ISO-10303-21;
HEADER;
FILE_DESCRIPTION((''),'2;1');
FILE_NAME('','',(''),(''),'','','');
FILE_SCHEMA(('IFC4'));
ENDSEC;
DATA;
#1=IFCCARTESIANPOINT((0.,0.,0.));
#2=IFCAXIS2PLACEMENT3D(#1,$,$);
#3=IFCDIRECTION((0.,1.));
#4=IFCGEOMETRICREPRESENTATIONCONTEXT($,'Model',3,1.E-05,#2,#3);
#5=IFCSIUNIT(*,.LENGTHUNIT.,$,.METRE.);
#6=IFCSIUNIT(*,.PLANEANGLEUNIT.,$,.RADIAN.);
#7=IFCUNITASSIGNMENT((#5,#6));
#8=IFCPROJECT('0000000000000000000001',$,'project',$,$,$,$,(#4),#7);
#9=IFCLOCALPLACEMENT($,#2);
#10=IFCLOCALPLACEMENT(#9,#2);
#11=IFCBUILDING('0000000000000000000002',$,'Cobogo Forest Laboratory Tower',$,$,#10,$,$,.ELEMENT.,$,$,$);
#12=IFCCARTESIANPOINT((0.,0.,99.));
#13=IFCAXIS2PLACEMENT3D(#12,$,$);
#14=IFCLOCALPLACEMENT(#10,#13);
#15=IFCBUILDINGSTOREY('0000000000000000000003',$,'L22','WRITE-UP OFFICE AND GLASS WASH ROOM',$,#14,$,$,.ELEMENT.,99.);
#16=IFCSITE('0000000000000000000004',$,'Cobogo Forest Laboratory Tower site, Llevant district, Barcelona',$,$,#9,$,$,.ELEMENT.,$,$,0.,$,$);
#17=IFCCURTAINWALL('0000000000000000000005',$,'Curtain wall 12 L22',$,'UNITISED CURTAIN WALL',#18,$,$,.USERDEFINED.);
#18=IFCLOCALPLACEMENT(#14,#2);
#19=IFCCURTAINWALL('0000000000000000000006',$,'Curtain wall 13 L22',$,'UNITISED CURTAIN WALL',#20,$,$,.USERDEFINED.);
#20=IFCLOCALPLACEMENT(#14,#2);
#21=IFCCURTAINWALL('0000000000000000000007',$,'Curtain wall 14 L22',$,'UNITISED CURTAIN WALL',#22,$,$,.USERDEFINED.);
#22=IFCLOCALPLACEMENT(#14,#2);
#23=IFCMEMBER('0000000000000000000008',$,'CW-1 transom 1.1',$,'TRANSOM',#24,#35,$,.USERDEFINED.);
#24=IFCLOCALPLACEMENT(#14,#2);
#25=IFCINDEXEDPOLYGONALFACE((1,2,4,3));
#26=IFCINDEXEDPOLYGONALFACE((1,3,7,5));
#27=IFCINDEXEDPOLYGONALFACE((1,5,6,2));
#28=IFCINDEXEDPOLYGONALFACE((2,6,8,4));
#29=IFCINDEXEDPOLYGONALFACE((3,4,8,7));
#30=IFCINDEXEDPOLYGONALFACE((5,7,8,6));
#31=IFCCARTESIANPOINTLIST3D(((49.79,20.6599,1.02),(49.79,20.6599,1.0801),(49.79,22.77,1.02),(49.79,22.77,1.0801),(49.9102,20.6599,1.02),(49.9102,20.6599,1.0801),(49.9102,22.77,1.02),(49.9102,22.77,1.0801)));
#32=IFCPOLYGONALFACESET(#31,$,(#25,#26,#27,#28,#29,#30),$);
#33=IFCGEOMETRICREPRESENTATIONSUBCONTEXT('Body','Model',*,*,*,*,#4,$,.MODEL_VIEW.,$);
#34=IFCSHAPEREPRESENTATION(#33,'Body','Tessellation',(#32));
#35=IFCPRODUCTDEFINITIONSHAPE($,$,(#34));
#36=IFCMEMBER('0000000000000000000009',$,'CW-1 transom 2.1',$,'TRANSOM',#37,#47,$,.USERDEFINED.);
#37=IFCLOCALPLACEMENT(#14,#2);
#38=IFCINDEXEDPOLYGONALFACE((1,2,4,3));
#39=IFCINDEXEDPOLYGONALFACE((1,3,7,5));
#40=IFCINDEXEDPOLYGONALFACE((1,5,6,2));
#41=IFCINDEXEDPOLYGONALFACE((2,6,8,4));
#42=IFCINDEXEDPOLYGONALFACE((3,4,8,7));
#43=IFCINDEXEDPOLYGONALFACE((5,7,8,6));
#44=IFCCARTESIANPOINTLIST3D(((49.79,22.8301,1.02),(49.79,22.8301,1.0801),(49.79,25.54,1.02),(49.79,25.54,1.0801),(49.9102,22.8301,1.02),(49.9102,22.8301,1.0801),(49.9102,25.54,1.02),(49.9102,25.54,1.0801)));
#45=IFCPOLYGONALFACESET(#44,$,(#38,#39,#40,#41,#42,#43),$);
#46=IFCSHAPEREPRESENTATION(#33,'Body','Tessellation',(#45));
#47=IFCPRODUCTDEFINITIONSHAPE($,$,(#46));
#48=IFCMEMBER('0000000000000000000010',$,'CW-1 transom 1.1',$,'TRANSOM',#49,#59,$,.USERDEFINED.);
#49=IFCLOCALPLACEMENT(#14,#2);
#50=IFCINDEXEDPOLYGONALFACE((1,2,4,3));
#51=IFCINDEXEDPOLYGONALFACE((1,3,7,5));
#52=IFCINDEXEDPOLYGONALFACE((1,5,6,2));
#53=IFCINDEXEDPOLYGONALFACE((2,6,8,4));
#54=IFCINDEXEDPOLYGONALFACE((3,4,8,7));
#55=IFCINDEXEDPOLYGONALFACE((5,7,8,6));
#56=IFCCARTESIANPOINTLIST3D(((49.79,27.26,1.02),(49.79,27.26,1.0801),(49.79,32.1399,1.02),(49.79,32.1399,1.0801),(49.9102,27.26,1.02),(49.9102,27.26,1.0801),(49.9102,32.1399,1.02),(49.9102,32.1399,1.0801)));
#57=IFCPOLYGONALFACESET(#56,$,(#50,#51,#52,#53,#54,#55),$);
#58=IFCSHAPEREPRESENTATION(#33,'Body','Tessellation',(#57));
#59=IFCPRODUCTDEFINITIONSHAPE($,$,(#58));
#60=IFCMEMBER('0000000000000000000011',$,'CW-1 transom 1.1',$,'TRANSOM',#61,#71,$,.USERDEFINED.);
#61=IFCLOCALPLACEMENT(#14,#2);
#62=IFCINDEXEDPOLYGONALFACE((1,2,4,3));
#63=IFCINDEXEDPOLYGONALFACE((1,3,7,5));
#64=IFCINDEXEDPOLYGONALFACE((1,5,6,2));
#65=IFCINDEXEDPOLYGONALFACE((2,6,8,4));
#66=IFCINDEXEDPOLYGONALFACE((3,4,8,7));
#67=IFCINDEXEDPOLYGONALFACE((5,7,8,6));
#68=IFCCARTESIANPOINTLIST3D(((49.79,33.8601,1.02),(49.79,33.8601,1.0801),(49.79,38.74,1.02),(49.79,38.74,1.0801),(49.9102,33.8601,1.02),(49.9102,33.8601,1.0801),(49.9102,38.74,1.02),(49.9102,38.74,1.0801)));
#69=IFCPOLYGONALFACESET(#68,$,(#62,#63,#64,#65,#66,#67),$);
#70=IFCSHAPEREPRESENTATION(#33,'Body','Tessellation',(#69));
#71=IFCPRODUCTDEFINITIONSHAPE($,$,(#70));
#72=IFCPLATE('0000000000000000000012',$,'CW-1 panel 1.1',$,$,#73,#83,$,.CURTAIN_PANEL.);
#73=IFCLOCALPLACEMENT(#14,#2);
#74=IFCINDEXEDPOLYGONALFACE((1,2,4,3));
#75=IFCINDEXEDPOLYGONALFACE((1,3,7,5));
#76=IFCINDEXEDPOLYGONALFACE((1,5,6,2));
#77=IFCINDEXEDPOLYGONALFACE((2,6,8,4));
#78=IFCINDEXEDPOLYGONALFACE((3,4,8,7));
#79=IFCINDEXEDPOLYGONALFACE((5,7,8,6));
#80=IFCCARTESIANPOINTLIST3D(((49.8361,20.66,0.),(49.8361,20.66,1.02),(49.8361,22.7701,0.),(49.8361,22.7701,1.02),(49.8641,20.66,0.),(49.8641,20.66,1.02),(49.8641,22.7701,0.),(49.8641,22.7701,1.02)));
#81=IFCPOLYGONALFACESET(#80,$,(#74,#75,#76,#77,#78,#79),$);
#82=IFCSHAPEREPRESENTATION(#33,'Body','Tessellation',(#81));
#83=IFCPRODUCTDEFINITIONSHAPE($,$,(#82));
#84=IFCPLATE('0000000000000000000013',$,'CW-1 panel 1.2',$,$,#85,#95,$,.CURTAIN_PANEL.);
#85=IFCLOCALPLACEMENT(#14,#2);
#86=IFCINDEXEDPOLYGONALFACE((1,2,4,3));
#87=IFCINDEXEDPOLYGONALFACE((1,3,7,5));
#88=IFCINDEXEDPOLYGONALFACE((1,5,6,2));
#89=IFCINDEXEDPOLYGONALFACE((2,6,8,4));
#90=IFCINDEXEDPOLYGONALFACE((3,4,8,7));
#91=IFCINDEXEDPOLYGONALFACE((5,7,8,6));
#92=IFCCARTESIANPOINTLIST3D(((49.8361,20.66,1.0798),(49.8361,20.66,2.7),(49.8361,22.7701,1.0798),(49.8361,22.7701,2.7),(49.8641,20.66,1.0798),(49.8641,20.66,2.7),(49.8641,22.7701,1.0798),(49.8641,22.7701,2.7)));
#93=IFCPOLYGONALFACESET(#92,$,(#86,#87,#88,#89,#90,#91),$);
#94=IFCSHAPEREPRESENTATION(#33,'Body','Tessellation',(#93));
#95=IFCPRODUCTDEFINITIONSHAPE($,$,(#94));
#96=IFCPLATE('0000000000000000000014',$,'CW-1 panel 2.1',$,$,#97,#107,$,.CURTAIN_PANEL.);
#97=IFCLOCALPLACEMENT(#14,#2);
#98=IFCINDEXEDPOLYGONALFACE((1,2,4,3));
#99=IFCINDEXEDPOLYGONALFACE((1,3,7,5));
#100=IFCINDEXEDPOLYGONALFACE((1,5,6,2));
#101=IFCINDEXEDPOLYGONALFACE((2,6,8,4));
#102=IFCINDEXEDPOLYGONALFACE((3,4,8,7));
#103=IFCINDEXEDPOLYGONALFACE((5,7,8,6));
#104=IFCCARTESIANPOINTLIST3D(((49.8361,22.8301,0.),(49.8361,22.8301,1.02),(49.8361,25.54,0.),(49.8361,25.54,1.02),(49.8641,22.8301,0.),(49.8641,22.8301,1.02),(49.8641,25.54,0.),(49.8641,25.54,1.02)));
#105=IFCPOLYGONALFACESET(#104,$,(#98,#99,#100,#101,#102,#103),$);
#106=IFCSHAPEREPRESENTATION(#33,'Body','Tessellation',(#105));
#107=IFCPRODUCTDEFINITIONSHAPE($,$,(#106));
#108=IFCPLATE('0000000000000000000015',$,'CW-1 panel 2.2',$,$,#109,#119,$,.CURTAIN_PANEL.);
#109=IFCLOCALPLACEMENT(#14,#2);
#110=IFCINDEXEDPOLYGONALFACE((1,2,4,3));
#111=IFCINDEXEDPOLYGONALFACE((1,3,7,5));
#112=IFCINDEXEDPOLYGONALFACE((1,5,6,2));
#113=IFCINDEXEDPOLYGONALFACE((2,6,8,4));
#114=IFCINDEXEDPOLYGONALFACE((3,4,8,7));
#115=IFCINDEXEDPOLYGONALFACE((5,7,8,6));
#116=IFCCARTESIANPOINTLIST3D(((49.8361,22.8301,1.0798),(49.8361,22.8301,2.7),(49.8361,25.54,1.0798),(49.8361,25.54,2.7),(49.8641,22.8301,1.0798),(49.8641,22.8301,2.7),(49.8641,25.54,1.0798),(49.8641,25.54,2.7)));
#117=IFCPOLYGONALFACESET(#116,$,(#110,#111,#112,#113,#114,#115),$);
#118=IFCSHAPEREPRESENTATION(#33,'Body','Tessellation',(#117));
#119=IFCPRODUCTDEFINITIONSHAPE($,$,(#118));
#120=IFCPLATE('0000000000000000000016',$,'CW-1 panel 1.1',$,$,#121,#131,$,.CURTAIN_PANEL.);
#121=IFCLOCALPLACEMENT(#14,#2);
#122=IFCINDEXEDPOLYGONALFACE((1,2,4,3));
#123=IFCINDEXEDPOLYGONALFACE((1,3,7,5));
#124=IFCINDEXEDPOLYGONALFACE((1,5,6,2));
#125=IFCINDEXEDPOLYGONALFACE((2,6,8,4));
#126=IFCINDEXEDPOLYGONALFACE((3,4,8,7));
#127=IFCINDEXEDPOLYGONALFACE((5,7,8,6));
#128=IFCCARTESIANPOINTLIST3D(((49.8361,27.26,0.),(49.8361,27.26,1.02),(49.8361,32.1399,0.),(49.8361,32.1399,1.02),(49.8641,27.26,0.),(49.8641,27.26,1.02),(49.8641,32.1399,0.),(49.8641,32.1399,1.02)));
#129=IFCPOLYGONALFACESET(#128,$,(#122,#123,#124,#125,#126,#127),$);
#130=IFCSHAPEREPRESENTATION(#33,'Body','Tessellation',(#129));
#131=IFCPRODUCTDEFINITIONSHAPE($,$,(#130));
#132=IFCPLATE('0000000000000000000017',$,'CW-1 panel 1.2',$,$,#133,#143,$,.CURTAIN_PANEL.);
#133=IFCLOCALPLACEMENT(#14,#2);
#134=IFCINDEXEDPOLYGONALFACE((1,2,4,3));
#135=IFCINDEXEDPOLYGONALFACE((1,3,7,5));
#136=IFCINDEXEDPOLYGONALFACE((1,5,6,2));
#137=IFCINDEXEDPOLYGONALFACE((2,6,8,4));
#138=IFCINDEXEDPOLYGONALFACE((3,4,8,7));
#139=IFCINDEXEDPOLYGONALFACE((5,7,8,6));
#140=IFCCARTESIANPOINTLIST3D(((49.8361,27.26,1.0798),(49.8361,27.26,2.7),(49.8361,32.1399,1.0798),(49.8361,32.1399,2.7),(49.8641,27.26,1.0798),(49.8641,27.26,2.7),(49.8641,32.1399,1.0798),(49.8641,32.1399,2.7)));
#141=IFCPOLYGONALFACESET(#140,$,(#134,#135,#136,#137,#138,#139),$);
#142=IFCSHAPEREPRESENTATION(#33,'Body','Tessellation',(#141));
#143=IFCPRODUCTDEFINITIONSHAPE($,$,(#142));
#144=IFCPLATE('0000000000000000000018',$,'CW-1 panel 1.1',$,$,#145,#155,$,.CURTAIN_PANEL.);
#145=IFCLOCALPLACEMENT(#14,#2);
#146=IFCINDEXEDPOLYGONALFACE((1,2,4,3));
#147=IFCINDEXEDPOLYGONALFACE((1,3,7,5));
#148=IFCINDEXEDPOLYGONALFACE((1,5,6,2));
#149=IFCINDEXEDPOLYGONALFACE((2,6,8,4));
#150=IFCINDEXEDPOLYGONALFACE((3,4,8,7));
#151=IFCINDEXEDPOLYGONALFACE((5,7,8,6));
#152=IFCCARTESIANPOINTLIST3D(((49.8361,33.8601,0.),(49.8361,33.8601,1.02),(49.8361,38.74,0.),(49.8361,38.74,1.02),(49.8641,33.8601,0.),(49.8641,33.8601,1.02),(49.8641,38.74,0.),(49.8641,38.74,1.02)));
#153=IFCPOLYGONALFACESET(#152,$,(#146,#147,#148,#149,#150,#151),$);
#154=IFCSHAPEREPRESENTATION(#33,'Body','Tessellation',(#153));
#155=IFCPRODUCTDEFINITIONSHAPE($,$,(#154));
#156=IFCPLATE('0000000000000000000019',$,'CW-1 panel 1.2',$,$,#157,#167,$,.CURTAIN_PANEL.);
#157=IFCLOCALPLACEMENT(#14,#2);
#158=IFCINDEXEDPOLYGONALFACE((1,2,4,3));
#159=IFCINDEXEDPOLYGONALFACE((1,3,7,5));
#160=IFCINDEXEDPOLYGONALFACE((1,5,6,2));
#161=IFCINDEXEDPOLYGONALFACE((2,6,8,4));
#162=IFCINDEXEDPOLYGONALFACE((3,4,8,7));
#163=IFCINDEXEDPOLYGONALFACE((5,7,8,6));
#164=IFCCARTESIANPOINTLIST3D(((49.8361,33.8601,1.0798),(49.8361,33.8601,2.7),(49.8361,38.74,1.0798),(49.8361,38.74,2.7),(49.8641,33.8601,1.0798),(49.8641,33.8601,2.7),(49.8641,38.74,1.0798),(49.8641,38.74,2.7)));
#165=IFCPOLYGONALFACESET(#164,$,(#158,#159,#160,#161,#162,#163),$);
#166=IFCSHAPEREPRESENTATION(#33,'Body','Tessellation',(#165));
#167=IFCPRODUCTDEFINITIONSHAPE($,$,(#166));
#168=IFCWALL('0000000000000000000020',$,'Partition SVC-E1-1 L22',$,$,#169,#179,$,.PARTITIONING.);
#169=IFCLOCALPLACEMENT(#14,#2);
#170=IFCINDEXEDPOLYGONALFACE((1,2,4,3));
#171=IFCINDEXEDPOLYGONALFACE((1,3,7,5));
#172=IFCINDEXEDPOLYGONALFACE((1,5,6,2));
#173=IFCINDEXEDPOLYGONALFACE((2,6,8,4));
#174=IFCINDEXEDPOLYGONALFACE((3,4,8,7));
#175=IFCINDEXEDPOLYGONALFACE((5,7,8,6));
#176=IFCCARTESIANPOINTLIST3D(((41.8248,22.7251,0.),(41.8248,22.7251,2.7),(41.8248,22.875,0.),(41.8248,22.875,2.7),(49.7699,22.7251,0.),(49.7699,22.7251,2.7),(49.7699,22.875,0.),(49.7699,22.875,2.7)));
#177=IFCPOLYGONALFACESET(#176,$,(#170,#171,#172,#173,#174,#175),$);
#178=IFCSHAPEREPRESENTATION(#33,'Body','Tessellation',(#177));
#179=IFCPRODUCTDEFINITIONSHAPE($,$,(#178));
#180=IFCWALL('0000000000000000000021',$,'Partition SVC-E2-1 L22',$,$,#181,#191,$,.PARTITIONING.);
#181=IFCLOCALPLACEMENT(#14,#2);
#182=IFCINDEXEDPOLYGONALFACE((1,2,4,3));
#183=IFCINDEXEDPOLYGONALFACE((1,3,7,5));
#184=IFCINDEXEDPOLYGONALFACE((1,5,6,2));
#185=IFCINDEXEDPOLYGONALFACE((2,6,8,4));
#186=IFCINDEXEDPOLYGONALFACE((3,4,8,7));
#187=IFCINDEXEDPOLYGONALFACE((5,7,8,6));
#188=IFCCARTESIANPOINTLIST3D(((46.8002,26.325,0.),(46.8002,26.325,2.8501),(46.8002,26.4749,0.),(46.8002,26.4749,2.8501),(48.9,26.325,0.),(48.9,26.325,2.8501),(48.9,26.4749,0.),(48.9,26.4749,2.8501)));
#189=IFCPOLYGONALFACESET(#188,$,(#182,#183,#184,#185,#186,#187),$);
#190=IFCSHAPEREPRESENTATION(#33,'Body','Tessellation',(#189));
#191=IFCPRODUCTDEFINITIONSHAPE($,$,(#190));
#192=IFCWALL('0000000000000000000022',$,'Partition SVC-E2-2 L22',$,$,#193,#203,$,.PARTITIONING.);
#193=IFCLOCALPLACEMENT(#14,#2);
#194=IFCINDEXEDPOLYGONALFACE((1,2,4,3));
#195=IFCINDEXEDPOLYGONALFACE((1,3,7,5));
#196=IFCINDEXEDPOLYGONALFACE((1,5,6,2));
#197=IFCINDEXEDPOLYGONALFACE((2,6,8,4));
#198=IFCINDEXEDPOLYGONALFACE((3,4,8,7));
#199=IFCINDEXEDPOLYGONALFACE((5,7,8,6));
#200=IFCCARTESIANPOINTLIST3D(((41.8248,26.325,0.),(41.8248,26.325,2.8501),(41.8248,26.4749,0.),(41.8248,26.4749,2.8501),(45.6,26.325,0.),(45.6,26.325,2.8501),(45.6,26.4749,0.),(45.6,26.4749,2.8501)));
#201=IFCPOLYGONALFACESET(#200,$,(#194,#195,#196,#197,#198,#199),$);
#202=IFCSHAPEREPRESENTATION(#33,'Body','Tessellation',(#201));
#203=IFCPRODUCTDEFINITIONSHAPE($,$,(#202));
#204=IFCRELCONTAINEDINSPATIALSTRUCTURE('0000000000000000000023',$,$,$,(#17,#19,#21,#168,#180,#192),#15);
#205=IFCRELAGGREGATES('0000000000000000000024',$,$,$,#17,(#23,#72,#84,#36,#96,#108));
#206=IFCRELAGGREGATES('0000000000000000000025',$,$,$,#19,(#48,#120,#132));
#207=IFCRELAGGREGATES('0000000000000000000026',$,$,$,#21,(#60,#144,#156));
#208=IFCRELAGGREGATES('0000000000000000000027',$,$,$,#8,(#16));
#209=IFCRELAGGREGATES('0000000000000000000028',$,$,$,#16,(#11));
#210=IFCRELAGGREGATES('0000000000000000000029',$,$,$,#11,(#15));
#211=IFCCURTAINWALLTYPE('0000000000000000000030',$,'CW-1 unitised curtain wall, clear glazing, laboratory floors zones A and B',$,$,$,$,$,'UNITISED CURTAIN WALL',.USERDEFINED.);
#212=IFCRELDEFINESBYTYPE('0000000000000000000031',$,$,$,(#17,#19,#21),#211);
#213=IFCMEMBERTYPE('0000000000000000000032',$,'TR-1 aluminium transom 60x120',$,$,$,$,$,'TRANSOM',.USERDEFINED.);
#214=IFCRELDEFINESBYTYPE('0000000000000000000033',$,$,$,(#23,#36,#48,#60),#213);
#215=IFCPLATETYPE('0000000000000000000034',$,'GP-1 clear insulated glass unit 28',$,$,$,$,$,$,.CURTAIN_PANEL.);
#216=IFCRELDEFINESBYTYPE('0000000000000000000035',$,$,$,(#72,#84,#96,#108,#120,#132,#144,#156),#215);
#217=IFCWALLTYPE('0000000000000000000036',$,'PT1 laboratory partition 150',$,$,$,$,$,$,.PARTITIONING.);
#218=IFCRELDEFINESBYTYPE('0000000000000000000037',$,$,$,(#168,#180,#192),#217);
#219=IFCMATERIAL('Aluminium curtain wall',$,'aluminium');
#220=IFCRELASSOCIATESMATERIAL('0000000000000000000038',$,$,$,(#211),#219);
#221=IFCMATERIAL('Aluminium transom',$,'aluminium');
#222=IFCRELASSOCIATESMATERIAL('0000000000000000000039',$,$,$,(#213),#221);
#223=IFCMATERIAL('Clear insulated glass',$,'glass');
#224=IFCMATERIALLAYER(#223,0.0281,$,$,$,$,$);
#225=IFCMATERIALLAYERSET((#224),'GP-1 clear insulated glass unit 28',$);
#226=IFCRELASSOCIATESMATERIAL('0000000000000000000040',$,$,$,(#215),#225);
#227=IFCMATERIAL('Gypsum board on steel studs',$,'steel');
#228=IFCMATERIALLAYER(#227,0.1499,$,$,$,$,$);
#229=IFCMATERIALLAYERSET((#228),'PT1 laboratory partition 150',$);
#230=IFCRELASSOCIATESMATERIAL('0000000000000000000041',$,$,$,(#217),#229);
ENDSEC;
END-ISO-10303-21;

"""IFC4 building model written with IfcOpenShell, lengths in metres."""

from ifc_helpers import new_model, si_unit, direction, frame, frame_2d, origin, origin_2d, place, context, subcontext, project, spatial, rectangle, extrude, material, layer, layer_set, material_profile, profile_set, type_object, element, aggregate, save


model = new_model("IFC4")

# Units and contexts
model_context = context("Model", 3, precision=1e-05, world=origin(), true_north=direction((0.0, 1.0)))
body_context = subcontext(model_context, "Body", "Model", "MODEL_VIEW")
ifc_project = project(units=[si_unit("LENGTHUNIT", "METRE"), si_unit("PLANEANGLEUNIT", "RADIAN")], contexts=[model_context])

# Site, building, storey
site_placement = place(None, origin())
site = spatial("IfcSite", under=ifc_project, at=site_placement, Name="Cobogo Forest Laboratory Tower site, Llevant district, Barcelona", CompositionType="ELEMENT", RefElevation=0.0)
building_placement = place(site_placement, origin())
building = spatial("IfcBuilding", under=site, at=building_placement, Name="Cobogo Forest Laboratory Tower", CompositionType="ELEMENT")
storey_placement = place(building_placement, frame((0.0, 0.0, 99.0)))
storey = spatial("IfcBuildingStorey", under=building, at=storey_placement, Name="L22", Description="WRITE-UP OFFICE AND GLASS WASH ROOM", CompositionType="ELEMENT", Elevation=99.0)

# Curtain walls
ifc_material_1 = material(Name="Aluminium curtain wall", Category="aluminium")
curtain_wall_type = type_object("IfcCurtainWallType", Name="CW-1 unitised curtain wall, clear glazing, laboratory floors zones A and B", ElementType="UNITISED CURTAIN WALL", PredefinedType="USERDEFINED", material=ifc_material_1)
curtain_wall_1_placement = place(storey_placement, origin())
curtain_wall_1 = element("IfcCurtainWall", 1, at=curtain_wall_1_placement, inside=storey, type_object=curtain_wall_type, Name="Curtain wall 12 L22", ObjectType="UNITISED CURTAIN WALL", PredefinedType="USERDEFINED")
curtain_wall_2_placement = place(storey_placement, origin())
curtain_wall_2 = element("IfcCurtainWall", 2, at=curtain_wall_2_placement, inside=storey, type_object=curtain_wall_type, Name="Curtain wall 13 L22", ObjectType="UNITISED CURTAIN WALL", PredefinedType="USERDEFINED")
curtain_wall_3_placement = place(storey_placement, origin())
curtain_wall_3 = element("IfcCurtainWall", 3, at=curtain_wall_3_placement, inside=storey, type_object=curtain_wall_type, Name="Curtain wall 14 L22", ObjectType="UNITISED CURTAIN WALL", PredefinedType="USERDEFINED")

# Members
ifc_material_2 = material(Name="Aluminium transom", Category="aluminium")
ifc_material_profile_1 = material_profile(ifc_material_2, rectangle(XDim=0.1201, YDim=0.0601, at=origin_2d()), Name="AL 60x120")
ifc_profile_set_1 = profile_set([ifc_material_profile_1], Name="Aluminium transom")
member_type_1 = type_object("IfcMemberType", Name="TR-1 aluminium transom 60x120", ElementType="TRANSOM", PredefinedType="USERDEFINED", material=ifc_profile_set_1)
member_1_placement = place(storey_placement, frame((49.8501, 20.6599, 1.05), z_axis=(0.0, 1.0, 0.0), x_axis=(-1.0, 0.0, 0.0)))
member_1 = element("IfcMember", 4, at=member_1_placement, type_object=member_type_1, Name="CW-1 transom 1.1", ObjectType="TRANSOM", PredefinedType="USERDEFINED", context=body_context, shape_type="SweptSolid", body=[
    extrude(rectangle(XDim=0.1201, YDim=0.0601, at=origin_2d()), origin(), (0.0, 0.0, 1.0), 2.1101),
])
member_2_placement = place(storey_placement, frame((49.8501, 22.8301, 1.05), z_axis=(0.0, 1.0, 0.0), x_axis=(-1.0, 0.0, 0.0)))
member_2 = element("IfcMember", 5, at=member_2_placement, type_object=member_type_1, Name="CW-1 transom 2.1", ObjectType="TRANSOM", PredefinedType="USERDEFINED", context=body_context, shape_type="SweptSolid", body=[
    extrude(rectangle(XDim=0.1201, YDim=0.0601, at=origin_2d()), origin(), (0.0, 0.0, 1.0), 2.71),
])
member_3_placement = place(storey_placement, frame((49.8501, 27.26, 1.05), z_axis=(0.0, 1.0, 0.0), x_axis=(-1.0, 0.0, 0.0)))
member_3 = element("IfcMember", 6, at=member_3_placement, type_object=member_type_1, Name="CW-1 transom 1.1", ObjectType="TRANSOM", PredefinedType="USERDEFINED", context=body_context, shape_type="SweptSolid", body=[
    extrude(rectangle(XDim=0.1201, YDim=0.0601, at=origin_2d()), origin(), (0.0, 0.0, 1.0), 4.8799),
])
member_4_placement = place(storey_placement, frame((49.8501, 33.8601, 1.05), z_axis=(0.0, 1.0, 0.0), x_axis=(-1.0, 0.0, 0.0)))
member_4 = element("IfcMember", 7, at=member_4_placement, type_object=member_type_1, Name="CW-1 transom 1.1", ObjectType="TRANSOM", PredefinedType="USERDEFINED", context=body_context, shape_type="SweptSolid", body=[
    extrude(rectangle(XDim=0.1201, YDim=0.0601, at=origin_2d()), origin(), (0.0, 0.0, 1.0), 4.8799),
])

# Plates
ifc_material_3 = material(Name="Clear insulated glass", Category="glass")
ifc_layer_1 = layer(ifc_material_3, 0.0281)
ifc_layer_set_1 = layer_set([ifc_layer_1], Name="GP-1 clear insulated glass unit 28")
plate_type_1 = type_object("IfcPlateType", Name="GP-1 clear insulated glass unit 28", PredefinedType="CURTAIN_PANEL", material=ifc_layer_set_1)
plate_1_placement = place(storey_placement, frame((49.8501, 21.7151, 0.0), z_axis=(0.0, 0.0, 1.0), x_axis=(0.0, 1.0, 0.0)))
plate_1 = element("IfcPlate", 8, at=plate_1_placement, type_object=plate_type_1, Name="CW-1 panel 1.1", PredefinedType="CURTAIN_PANEL", context=body_context, shape_type="SweptSolid", body=[
    extrude(rectangle(XDim=2.1101, YDim=0.0281, at=origin_2d()), origin(), (0.0, 0.0, 1.0), 1.02),
])
plate_2_placement = place(storey_placement, frame((49.8501, 21.7151, 1.0798), z_axis=(0.0, 0.0, 1.0), x_axis=(0.0, 1.0, 0.0)))
plate_2 = element("IfcPlate", 9, at=plate_2_placement, type_object=plate_type_1, Name="CW-1 panel 1.2", PredefinedType="CURTAIN_PANEL", context=body_context, shape_type="SweptSolid", body=[
    extrude(rectangle(XDim=2.1101, YDim=0.0281, at=origin_2d()), origin(), (0.0, 0.0, 1.0), 1.6201),
])
plate_3_placement = place(storey_placement, frame((49.8501, 24.1851, 0.0), z_axis=(0.0, 0.0, 1.0), x_axis=(0.0, 1.0, 0.0)))
plate_3 = element("IfcPlate", 10, at=plate_3_placement, type_object=plate_type_1, Name="CW-1 panel 2.1", PredefinedType="CURTAIN_PANEL", context=body_context, shape_type="SweptSolid", body=[
    extrude(rectangle(XDim=2.71, YDim=0.0281, at=origin_2d()), origin(), (0.0, 0.0, 1.0), 1.02),
])
plate_4_placement = place(storey_placement, frame((49.8501, 24.1851, 1.0798), z_axis=(0.0, 0.0, 1.0), x_axis=(0.0, 1.0, 0.0)))
plate_4 = element("IfcPlate", 11, at=plate_4_placement, type_object=plate_type_1, Name="CW-1 panel 2.2", PredefinedType="CURTAIN_PANEL", context=body_context, shape_type="SweptSolid", body=[
    extrude(rectangle(XDim=2.71, YDim=0.0281, at=origin_2d()), origin(), (0.0, 0.0, 1.0), 1.6201),
])
aggregate(curtain_wall_1, [member_1, plate_1, plate_2, member_2, plate_3, plate_4])
plate_5_placement = place(storey_placement, frame((49.8501, 29.7, 0.0), z_axis=(0.0, 0.0, 1.0), x_axis=(0.0, 1.0, 0.0)))
plate_5 = element("IfcPlate", 12, at=plate_5_placement, type_object=plate_type_1, Name="CW-1 panel 1.1", PredefinedType="CURTAIN_PANEL", context=body_context, shape_type="SweptSolid", body=[
    extrude(rectangle(XDim=4.8799, YDim=0.0281, at=origin_2d()), origin(), (0.0, 0.0, 1.0), 1.02),
])
plate_6_placement = place(storey_placement, frame((49.8501, 29.7, 1.0798), z_axis=(0.0, 0.0, 1.0), x_axis=(0.0, 1.0, 0.0)))
plate_6 = element("IfcPlate", 13, at=plate_6_placement, type_object=plate_type_1, Name="CW-1 panel 1.2", PredefinedType="CURTAIN_PANEL", context=body_context, shape_type="SweptSolid", body=[
    extrude(rectangle(XDim=4.8799, YDim=0.0281, at=origin_2d()), origin(), (0.0, 0.0, 1.0), 1.6201),
])
aggregate(curtain_wall_2, [member_3, plate_5, plate_6])
plate_7_placement = place(storey_placement, frame((49.8501, 36.3, 0.0), z_axis=(0.0, 0.0, 1.0), x_axis=(0.0, 1.0, 0.0)))
plate_7 = element("IfcPlate", 14, at=plate_7_placement, type_object=plate_type_1, Name="CW-1 panel 1.1", PredefinedType="CURTAIN_PANEL", context=body_context, shape_type="SweptSolid", body=[
    extrude(rectangle(XDim=4.8799, YDim=0.0281, at=origin_2d()), origin(), (0.0, 0.0, 1.0), 1.02),
])
plate_8_placement = place(storey_placement, frame((49.8501, 36.3, 1.0798), z_axis=(0.0, 0.0, 1.0), x_axis=(0.0, 1.0, 0.0)))
plate_8 = element("IfcPlate", 15, at=plate_8_placement, type_object=plate_type_1, Name="CW-1 panel 1.2", PredefinedType="CURTAIN_PANEL", context=body_context, shape_type="SweptSolid", body=[
    extrude(rectangle(XDim=4.8799, YDim=0.0281, at=origin_2d()), origin(), (0.0, 0.0, 1.0), 1.6201),
])
aggregate(curtain_wall_3, [member_4, plate_7, plate_8])

# Walls
ifc_material_4 = material(Name="Gypsum board on steel studs", Category="steel")
ifc_layer_2 = layer(ifc_material_4, 0.1499)
ifc_layer_set_2 = layer_set([ifc_layer_2], Name="PT1 laboratory partition 150")
wall_type = type_object("IfcWallType", Name="PT1 laboratory partition 150", PredefinedType="PARTITIONING", material=ifc_layer_set_2)
wall_1_placement = place(storey_placement, frame((49.77, 22.8, 0.0), z_axis=(0.0, 0.0, 1.0), x_axis=(-1.0, 0.0, 0.0)))
element("IfcWall", 16, at=wall_1_placement, inside=storey, type_object=wall_type, Name="Partition SVC-E1-1 L22", PredefinedType="PARTITIONING", context=body_context, shape_type="SweptSolid", body=[
    extrude(rectangle(XDim=7.9451, YDim=0.1499, at=frame_2d((3.9727, 0.0))), origin(), (0.0, 0.0, 1.0), 2.7),
])
wall_2_placement = place(storey_placement, frame((48.8999, 26.3999, 0.0), z_axis=(0.0, 0.0, 1.0), x_axis=(-1.0, 0.0, 0.0)))
element("IfcWall", 17, at=wall_2_placement, inside=storey, type_object=wall_type, Name="Partition SVC-E2-1 L22", PredefinedType="PARTITIONING", context=body_context, shape_type="SweptSolid", body=[
    extrude(rectangle(XDim=2.0999, YDim=0.1499, at=frame_2d((1.0498, 0.0))), origin(), (0.0, 0.0, 1.0), 2.8501),
])
wall_3_placement = place(storey_placement, frame((45.6001, 26.3999, 0.0), z_axis=(0.0, 0.0, 1.0), x_axis=(-1.0, 0.0, 0.0)))
element("IfcWall", 18, at=wall_3_placement, inside=storey, type_object=wall_type, Name="Partition SVC-E2-2 L22", PredefinedType="PARTITIONING", context=body_context, shape_type="SweptSolid", body=[
    extrude(rectangle(XDim=3.7751, YDim=0.1499, at=frame_2d((1.8877, 0.0))), origin(), (0.0, 0.0, 1.0), 2.8501),
])

save(model, "model.ifc")
